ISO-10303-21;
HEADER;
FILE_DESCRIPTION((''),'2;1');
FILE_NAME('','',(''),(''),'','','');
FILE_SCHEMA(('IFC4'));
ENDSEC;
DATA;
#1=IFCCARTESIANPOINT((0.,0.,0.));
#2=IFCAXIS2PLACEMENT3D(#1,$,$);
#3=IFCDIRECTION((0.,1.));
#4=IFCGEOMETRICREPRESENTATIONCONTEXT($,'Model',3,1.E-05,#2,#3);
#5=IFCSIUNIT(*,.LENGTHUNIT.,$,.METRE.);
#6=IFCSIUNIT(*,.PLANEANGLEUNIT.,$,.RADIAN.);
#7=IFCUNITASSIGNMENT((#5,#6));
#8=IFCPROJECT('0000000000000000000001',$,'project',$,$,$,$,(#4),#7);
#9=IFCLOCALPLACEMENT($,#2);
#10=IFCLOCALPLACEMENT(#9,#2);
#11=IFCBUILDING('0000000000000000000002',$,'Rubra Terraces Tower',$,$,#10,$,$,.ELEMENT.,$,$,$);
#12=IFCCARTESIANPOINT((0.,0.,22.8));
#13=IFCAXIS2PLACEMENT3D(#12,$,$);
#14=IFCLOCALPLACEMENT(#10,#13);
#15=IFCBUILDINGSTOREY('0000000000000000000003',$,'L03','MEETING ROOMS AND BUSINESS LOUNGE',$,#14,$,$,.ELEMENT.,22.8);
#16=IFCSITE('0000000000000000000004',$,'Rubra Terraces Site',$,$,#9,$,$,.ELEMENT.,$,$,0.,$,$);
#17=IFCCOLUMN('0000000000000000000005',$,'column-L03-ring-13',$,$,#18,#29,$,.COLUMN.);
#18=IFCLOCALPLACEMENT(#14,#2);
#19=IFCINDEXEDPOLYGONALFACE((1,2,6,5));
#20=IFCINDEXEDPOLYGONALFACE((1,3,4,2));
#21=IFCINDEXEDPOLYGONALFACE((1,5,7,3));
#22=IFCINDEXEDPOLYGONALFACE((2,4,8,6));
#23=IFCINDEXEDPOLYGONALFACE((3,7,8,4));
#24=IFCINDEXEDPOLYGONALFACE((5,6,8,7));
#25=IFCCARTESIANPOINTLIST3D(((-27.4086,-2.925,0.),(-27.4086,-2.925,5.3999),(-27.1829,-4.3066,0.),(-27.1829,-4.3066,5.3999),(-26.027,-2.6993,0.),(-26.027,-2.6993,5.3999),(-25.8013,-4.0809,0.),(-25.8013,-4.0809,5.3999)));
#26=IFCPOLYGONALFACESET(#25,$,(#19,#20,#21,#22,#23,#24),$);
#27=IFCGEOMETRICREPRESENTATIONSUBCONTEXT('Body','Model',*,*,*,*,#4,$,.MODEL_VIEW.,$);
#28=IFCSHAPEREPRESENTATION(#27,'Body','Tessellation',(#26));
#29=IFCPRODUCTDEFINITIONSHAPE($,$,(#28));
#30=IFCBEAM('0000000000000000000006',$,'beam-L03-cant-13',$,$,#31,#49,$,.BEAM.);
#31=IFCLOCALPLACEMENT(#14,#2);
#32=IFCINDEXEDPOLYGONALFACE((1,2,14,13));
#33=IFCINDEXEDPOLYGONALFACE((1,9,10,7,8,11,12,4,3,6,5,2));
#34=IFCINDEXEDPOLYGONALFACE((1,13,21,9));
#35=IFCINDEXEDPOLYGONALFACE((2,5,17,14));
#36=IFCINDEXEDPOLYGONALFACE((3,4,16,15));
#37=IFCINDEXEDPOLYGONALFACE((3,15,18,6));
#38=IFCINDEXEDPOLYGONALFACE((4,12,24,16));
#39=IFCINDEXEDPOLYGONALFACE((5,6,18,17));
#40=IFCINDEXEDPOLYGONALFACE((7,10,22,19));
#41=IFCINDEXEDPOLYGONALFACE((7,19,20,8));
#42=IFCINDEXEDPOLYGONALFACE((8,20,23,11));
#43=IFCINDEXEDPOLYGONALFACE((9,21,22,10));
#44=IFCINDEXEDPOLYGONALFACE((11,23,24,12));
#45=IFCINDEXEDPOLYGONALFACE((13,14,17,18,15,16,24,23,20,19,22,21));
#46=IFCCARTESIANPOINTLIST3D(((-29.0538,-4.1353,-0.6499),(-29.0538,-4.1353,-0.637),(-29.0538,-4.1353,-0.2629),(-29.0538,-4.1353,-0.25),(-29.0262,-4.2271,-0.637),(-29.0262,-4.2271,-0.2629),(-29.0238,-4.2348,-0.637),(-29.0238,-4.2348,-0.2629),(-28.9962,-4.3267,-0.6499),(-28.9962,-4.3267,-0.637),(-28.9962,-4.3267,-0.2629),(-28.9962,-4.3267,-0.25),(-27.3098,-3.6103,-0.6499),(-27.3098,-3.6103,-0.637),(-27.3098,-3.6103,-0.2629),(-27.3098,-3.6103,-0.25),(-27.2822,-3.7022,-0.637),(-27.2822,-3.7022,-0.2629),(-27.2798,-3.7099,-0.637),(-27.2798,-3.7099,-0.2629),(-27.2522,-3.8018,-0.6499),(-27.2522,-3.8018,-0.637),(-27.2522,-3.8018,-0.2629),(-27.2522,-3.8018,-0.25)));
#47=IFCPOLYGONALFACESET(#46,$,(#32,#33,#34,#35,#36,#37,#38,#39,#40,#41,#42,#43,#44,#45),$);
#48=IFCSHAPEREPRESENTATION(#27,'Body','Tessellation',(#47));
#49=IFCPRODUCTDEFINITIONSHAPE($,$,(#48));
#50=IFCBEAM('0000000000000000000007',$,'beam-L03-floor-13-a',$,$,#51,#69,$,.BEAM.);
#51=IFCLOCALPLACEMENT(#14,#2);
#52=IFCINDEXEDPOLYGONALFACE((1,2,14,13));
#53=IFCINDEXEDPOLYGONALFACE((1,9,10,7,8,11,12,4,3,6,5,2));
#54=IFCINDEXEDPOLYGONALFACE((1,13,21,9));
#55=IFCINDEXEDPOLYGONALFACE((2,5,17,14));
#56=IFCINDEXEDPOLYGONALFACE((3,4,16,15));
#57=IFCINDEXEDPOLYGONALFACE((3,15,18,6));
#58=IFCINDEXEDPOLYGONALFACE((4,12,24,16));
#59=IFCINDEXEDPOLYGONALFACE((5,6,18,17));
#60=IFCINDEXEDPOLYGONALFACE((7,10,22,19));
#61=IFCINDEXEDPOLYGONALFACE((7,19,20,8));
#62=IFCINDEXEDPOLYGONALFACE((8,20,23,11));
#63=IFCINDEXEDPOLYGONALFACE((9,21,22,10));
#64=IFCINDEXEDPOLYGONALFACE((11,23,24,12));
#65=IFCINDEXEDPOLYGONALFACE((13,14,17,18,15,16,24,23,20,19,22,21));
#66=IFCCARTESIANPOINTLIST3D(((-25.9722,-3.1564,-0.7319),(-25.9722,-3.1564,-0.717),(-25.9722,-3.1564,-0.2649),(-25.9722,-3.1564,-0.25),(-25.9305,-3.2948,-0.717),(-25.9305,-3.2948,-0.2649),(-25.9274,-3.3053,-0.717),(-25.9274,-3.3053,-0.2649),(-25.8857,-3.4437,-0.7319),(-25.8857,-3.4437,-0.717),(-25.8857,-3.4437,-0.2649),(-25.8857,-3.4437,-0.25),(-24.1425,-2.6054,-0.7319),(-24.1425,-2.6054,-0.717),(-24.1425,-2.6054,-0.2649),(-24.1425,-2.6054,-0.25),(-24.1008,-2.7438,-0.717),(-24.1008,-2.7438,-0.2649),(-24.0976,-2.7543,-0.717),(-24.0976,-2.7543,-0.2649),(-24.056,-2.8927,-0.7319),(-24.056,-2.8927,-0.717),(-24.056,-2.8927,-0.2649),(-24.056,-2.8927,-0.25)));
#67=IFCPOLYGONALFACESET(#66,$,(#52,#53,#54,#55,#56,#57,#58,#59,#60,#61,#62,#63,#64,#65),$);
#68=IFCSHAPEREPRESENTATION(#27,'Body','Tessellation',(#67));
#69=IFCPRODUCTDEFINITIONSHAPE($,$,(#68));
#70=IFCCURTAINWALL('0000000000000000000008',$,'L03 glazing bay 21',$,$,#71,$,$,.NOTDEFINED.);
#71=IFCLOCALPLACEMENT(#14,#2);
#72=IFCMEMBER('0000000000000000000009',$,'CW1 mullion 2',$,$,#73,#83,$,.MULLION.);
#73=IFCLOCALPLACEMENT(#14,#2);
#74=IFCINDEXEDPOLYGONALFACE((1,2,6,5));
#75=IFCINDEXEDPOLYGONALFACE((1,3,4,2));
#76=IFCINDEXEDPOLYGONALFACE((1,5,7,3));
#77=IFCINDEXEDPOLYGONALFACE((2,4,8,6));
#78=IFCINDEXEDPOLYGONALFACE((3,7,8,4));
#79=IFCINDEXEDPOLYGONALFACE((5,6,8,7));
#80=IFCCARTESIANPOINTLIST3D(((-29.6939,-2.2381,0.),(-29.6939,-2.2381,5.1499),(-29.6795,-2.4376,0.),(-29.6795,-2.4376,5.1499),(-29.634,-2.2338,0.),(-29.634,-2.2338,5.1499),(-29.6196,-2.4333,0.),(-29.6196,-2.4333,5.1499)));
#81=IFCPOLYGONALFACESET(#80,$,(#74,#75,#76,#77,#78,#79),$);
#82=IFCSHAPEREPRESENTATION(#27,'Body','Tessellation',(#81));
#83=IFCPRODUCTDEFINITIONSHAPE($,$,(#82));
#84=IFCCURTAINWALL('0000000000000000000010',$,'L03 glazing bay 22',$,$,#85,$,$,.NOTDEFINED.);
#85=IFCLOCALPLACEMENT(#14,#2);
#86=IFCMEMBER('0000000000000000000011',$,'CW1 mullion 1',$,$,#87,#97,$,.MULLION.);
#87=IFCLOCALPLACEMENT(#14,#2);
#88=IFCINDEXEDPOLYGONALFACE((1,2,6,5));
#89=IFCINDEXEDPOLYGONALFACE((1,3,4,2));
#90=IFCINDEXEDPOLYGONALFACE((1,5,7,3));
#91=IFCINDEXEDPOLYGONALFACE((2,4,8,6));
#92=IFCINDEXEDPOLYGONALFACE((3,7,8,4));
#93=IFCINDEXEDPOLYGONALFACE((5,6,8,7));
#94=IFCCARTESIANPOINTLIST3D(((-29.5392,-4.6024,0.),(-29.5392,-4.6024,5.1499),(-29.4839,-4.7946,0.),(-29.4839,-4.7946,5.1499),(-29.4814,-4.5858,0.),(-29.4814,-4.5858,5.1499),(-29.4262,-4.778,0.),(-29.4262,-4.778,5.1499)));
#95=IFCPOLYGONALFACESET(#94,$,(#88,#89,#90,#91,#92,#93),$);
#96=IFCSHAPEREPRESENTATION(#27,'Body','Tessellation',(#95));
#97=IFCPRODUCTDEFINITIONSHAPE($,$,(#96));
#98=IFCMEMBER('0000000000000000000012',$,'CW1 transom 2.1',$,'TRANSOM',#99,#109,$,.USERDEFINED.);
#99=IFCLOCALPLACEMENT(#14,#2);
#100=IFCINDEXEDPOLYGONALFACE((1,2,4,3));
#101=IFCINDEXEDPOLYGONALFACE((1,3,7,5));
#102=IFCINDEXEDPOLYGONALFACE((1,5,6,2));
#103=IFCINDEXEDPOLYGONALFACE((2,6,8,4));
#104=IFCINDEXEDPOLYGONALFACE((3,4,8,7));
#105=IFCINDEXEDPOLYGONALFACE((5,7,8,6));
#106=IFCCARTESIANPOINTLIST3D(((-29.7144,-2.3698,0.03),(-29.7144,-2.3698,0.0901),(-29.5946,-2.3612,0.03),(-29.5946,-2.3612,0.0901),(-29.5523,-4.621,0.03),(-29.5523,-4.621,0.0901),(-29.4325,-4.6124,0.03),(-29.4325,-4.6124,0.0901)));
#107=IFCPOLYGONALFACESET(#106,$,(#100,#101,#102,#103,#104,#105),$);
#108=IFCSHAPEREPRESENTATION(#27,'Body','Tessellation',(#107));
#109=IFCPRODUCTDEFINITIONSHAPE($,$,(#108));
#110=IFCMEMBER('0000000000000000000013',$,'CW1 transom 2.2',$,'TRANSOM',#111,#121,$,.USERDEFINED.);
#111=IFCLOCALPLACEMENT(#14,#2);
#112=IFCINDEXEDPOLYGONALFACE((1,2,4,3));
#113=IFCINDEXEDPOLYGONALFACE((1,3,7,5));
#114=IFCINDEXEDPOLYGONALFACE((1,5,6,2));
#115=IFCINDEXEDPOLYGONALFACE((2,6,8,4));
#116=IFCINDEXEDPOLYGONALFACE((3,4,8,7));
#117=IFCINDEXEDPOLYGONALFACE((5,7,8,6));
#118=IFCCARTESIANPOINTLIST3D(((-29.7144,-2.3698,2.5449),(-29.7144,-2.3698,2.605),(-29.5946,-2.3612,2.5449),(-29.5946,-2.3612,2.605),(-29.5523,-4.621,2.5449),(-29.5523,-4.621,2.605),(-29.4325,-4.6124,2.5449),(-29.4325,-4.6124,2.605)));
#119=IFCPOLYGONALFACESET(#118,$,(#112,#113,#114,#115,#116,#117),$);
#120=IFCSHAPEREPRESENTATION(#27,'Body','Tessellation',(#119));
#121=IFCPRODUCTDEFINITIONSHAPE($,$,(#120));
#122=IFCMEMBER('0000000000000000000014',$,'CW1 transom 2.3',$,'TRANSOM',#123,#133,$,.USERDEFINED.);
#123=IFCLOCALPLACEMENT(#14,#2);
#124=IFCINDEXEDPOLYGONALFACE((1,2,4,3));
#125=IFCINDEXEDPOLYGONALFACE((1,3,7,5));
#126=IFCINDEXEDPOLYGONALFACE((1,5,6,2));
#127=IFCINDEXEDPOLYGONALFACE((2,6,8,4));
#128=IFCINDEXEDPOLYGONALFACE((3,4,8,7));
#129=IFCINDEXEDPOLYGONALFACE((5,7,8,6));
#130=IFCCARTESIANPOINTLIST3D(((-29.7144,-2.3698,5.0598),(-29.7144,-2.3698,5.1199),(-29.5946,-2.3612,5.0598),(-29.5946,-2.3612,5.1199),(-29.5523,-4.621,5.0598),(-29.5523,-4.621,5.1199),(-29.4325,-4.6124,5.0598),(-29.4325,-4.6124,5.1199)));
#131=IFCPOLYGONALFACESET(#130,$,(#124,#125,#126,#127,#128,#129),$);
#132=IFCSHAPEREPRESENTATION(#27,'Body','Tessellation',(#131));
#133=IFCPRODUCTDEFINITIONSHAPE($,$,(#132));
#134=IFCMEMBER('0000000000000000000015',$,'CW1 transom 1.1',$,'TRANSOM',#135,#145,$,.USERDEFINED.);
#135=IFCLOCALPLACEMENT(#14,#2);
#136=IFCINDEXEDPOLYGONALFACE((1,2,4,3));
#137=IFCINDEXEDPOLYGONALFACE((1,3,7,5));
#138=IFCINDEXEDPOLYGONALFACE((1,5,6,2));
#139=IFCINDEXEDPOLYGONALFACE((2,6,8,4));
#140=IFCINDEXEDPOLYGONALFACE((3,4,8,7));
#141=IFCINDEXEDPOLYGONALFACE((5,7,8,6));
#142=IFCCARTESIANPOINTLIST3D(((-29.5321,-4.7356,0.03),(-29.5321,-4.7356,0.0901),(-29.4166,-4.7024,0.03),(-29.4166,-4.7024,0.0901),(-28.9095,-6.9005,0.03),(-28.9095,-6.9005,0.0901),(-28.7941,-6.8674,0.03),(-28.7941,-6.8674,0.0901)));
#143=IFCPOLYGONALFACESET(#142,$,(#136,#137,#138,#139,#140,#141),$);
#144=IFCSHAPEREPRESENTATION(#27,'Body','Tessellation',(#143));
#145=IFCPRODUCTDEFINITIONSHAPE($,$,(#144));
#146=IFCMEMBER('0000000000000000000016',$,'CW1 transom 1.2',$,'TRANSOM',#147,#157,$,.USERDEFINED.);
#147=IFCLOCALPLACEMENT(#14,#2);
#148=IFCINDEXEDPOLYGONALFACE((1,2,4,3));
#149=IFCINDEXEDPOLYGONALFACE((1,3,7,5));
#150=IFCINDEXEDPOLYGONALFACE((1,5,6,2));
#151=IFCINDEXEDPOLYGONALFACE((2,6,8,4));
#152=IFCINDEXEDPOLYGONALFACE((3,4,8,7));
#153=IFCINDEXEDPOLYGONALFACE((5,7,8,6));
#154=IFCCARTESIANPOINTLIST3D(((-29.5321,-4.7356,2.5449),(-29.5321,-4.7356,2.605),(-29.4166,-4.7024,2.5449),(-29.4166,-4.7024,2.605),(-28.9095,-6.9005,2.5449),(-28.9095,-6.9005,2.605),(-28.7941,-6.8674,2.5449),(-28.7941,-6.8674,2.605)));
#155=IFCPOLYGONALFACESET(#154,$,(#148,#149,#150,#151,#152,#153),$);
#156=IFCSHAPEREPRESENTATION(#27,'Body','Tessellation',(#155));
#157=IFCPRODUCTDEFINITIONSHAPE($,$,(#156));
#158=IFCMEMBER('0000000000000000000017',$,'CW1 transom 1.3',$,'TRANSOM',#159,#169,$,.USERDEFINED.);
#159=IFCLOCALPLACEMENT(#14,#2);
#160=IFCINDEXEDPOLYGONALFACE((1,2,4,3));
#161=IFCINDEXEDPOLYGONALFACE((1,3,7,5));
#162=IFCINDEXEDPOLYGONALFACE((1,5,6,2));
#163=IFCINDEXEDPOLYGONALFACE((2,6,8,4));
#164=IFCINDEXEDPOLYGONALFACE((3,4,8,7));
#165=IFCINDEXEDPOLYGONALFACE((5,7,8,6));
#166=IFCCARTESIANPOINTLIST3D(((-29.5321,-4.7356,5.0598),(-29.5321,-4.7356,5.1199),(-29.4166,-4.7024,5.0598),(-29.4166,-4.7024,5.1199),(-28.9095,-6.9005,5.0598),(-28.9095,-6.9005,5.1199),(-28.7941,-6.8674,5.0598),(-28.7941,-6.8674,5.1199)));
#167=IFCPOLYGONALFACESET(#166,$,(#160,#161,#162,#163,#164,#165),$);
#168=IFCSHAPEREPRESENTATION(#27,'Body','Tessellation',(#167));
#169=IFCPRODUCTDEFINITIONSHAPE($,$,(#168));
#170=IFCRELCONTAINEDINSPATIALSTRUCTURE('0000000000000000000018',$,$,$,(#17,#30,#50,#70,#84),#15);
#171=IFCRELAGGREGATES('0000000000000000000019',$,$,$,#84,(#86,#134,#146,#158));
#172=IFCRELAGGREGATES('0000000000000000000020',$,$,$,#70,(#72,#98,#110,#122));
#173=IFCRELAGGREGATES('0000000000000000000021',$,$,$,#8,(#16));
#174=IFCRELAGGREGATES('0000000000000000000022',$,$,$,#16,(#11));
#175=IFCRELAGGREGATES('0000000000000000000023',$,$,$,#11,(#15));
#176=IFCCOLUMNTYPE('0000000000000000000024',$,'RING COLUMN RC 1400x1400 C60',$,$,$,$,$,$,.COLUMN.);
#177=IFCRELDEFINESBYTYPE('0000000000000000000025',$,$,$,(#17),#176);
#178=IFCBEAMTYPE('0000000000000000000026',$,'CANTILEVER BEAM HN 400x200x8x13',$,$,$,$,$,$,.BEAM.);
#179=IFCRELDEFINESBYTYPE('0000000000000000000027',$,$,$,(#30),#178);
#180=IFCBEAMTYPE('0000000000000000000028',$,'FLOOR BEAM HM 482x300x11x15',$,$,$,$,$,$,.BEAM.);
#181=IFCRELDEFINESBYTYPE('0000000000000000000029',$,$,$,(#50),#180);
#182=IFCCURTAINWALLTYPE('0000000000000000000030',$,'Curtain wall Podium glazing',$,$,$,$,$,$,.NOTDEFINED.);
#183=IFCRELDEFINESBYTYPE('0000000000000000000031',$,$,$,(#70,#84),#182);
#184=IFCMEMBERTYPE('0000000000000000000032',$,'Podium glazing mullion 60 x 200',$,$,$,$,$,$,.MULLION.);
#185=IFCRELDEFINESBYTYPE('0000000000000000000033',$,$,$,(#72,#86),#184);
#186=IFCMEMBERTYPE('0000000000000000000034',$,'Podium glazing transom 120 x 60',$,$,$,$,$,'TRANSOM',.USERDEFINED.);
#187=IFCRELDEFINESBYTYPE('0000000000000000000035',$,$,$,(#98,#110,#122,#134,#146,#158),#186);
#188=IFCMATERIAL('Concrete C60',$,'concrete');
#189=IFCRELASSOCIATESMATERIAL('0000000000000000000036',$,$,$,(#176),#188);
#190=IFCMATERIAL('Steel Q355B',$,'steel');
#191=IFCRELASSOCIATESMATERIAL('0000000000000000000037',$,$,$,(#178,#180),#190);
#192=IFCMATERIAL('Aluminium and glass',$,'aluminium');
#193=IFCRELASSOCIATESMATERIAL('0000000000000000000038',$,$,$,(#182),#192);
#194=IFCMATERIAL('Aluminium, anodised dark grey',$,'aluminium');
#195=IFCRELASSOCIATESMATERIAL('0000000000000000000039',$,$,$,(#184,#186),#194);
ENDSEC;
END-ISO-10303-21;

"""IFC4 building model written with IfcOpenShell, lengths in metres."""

from ifc_helpers import new_model, si_unit, direction, frame, origin, origin_2d, place, context, subcontext, project, spatial, rectangle, i_section, extrude, material, material_profile, profile_set, type_object, element, aggregate, save


model = new_model("IFC4")

# Units and contexts
model_context = context("Model", 3, precision=1e-05, world=origin(), true_north=direction((0.0, 1.0)))
body_context = subcontext(model_context, "Body", "Model", "MODEL_VIEW")
ifc_project = project(units=[si_unit("LENGTHUNIT", "METRE"), si_unit("PLANEANGLEUNIT", "RADIAN")], contexts=[model_context])

# Site, building, storey
site_placement = place(None, origin())
site = spatial("IfcSite", under=ifc_project, at=site_placement, Name="Rubra Terraces Site", CompositionType="ELEMENT", RefElevation=0.0)
building_placement = place(site_placement, origin())
building = spatial("IfcBuilding", under=site, at=building_placement, Name="Rubra Terraces Tower", CompositionType="ELEMENT")
storey_placement = place(building_placement, frame((0.0, 0.0, 22.8)))
storey = spatial("IfcBuildingStorey", under=building, at=storey_placement, Name="L03", Description="MEETING ROOMS AND BUSINESS LOUNGE", CompositionType="ELEMENT", Elevation=22.8)

# Column
ifc_material_1 = material(Name="Concrete C60", Category="concrete")
ifc_material_profile_1 = material_profile(ifc_material_1, rectangle(XDim=1.3999, YDim=1.3999, at=origin_2d()), Name="RC 1400x1400")
ifc_profile_set_1 = profile_set([ifc_material_profile_1], Name="Concrete C60")
column_type = type_object("IfcColumnType", Name="RING COLUMN RC 1400x1400 C60", PredefinedType="COLUMN", material=ifc_profile_set_1)
column_placement = place(storey_placement, frame((-26.605, -3.5029, 0.0), z_axis=(0.0, 0.0, 1.0), x_axis=(0.161234, -0.986916, 0.0)))
element("IfcColumn", 1, at=column_placement, inside=storey, type_object=column_type, Name="column-L03-ring-13", PredefinedType="COLUMN", context=body_context, shape_type="SweptSolid", body=[
    extrude(rectangle(XDim=1.3999, YDim=1.3999, at=origin_2d()), origin(), (0.0, 0.0, 1.0), 5.3999),
])

# Beams
ifc_material_2 = material(Name="Steel Q355B", Category="steel")
ifc_material_profile_2 = material_profile(ifc_material_2, i_section(OverallWidth=0.2, OverallDepth=0.3999, WebThickness=0.0081, FlangeThickness=0.0129, at=origin_2d()), Name="HN 400x200x8x13")
ifc_profile_set_2 = profile_set([ifc_material_profile_2], Name="Steel Q355B")
beam_type_1 = type_object("IfcBeamType", Name="CANTILEVER BEAM HN 400x200x8x13", PredefinedType="BEAM", material=ifc_profile_set_2)
beam_1_placement = place(storey_placement, frame((-27.281, -3.7061, -0.45), z_axis=(-0.957564, -0.288221, 0.0), x_axis=(0.288221, -0.957564, 0.0)))
element("IfcBeam", 2, at=beam_1_placement, inside=storey, type_object=beam_type_1, Name="beam-L03-cant-13", PredefinedType="BEAM", context=body_context, shape_type="SweptSolid", body=[
    extrude(i_section(OverallWidth=0.2, OverallDepth=0.3999, WebThickness=0.0081, FlangeThickness=0.0129, at=origin_2d()), origin(), (0.0, 0.0, 1.0), 1.8213),
])
ifc_material_profile_3 = material_profile(ifc_material_2, i_section(OverallWidth=0.3, OverallDepth=0.4819, WebThickness=0.011, FlangeThickness=0.0149, at=origin_2d()), Name="HM 482x300x11x15")
ifc_profile_set_3 = profile_set([ifc_material_profile_3], Name="Steel Q355B")
beam_type_2 = type_object("IfcBeamType", Name="FLOOR BEAM HM 482x300x11x15", PredefinedType="BEAM", material=ifc_profile_set_3)
beam_2_placement = place(storey_placement, frame((-25.929, -3.3, -0.491), z_axis=(0.957527, 0.288344, 0.0), x_axis=(-0.288344, 0.957527, 0.0)))
element("IfcBeam", 3, at=beam_2_placement, inside=storey, type_object=beam_type_2, Name="beam-L03-floor-13-a", PredefinedType="BEAM", context=body_context, shape_type="SweptSolid", body=[
    extrude(i_section(OverallWidth=0.3, OverallDepth=0.4819, WebThickness=0.011, FlangeThickness=0.0149, at=origin_2d()), origin(), (0.0, 0.0, 1.0), 1.9109),
])

# Curtain walls, members
ifc_material_3 = material(Name="Aluminium and glass", Category="aluminium")
curtain_wall_type = type_object("IfcCurtainWallType", Name="Curtain wall Podium glazing", PredefinedType="NOTDEFINED", material=ifc_material_3)
curtain_wall_1_placement = place(storey_placement, origin())
curtain_wall_1 = element("IfcCurtainWall", 4, at=curtain_wall_1_placement, inside=storey, type_object=curtain_wall_type, Name="L03 glazing bay 21", PredefinedType="NOTDEFINED")
ifc_material_4 = material(Name="Aluminium, anodised dark grey", Category="aluminium")
ifc_material_profile_4 = material_profile(ifc_material_4, rectangle(XDim=0.0601, YDim=0.2, at=origin_2d()), Name="AL 60x200")
ifc_profile_set_4 = profile_set([ifc_material_profile_4], Name="Aluminium, anodised dark grey")
member_type_1 = type_object("IfcMemberType", Name="Podium glazing mullion 60 x 200", PredefinedType="MULLION", material=ifc_profile_set_4)
member_1_placement = place(storey_placement, frame((-29.6567, -2.3357, 0.0), z_axis=(0.0, 0.0, 1.0), x_axis=(0.99742, 0.071792, 0.0)))
member_1 = element("IfcMember", 5, at=member_1_placement, type_object=member_type_1, Name="CW1 mullion 2", PredefinedType="MULLION", context=body_context, shape_type="SweptSolid", body=[
    extrude(rectangle(XDim=0.0601, YDim=0.2, at=origin_2d()), origin(), (0.0, 0.0, 1.0), 5.1499),
])
curtain_wall_2_placement = place(storey_placement, origin())
curtain_wall_2 = element("IfcCurtainWall", 6, at=curtain_wall_2_placement, inside=storey, type_object=curtain_wall_type, Name="L03 glazing bay 22", PredefinedType="NOTDEFINED")
member_2_placement = place(storey_placement, frame((-29.4827, -4.6902, 0.0), z_axis=(0.0, 0.0, 1.0), x_axis=(0.961047, 0.276384, 0.0)))
member_2 = element("IfcMember", 7, at=member_2_placement, type_object=member_type_1, Name="CW1 mullion 1", PredefinedType="MULLION", context=body_context, shape_type="SweptSolid", body=[
    extrude(rectangle(XDim=0.0601, YDim=0.2, at=origin_2d()), origin(), (0.0, 0.0, 1.0), 5.1499),
])

# Members
ifc_material_profile_5 = material_profile(ifc_material_4, rectangle(XDim=0.1201, YDim=0.0601, at=origin_2d()), Name="AL 120x60")
ifc_profile_set_5 = profile_set([ifc_material_profile_5], Name="Aluminium, anodised dark grey")
member_type_2 = type_object("IfcMemberType", Name="Podium glazing transom 120 x 60", ElementType="TRANSOM", PredefinedType="USERDEFINED", material=ifc_profile_set_5)
member_3_placement = place(storey_placement, frame((-29.6545, -2.3655, 0.0601), z_axis=(0.071824, -0.997417, 0.0), x_axis=(0.997417, 0.071824, 0.0)))
member_3 = element("IfcMember", 8, at=member_3_placement, type_object=member_type_2, Name="CW1 transom 2.1", ObjectType="TRANSOM", PredefinedType="USERDEFINED", context=body_context, shape_type="SweptSolid", body=[
    extrude(rectangle(XDim=0.1201, YDim=0.0601, at=origin_2d()), origin(), (0.0, 0.0, 1.0), 2.2571),
])
member_4_placement = place(storey_placement, frame((-29.6545, -2.3655, 2.575), z_axis=(0.071824, -0.997417, 0.0), x_axis=(0.997417, 0.071824, 0.0)))
member_4 = element("IfcMember", 9, at=member_4_placement, type_object=member_type_2, Name="CW1 transom 2.2", ObjectType="TRANSOM", PredefinedType="USERDEFINED", context=body_context, shape_type="SweptSolid", body=[
    extrude(rectangle(XDim=0.1201, YDim=0.0601, at=origin_2d()), origin(), (0.0, 0.0, 1.0), 2.2571),
])
member_5_placement = place(storey_placement, frame((-29.6545, -2.3655, 5.0898), z_axis=(0.071824, -0.997417, 0.0), x_axis=(0.997417, 0.071824, 0.0)))
member_5 = element("IfcMember", 10, at=member_5_placement, type_object=member_type_2, Name="CW1 transom 2.3", ObjectType="TRANSOM", PredefinedType="USERDEFINED", context=body_context, shape_type="SweptSolid", body=[
    extrude(rectangle(XDim=0.1201, YDim=0.0601, at=origin_2d()), origin(), (0.0, 0.0, 1.0), 2.2571),
])
member_6_placement = place(storey_placement, frame((-29.4744, -4.719, 0.0601), z_axis=(0.276352, -0.961056, 0.0), x_axis=(0.961056, 0.276352, 0.0)))
member_6 = element("IfcMember", 11, at=member_6_placement, type_object=member_type_2, Name="CW1 transom 1.1", ObjectType="TRANSOM", PredefinedType="USERDEFINED", context=body_context, shape_type="SweptSolid", body=[
    extrude(rectangle(XDim=0.1201, YDim=0.0601, at=origin_2d()), origin(), (0.0, 0.0, 1.0), 2.2527),
])
member_7_placement = place(storey_placement, frame((-29.4744, -4.719, 2.575), z_axis=(0.276352, -0.961056, 0.0), x_axis=(0.961056, 0.276352, 0.0)))
member_7 = element("IfcMember", 12, at=member_7_placement, type_object=member_type_2, Name="CW1 transom 1.2", ObjectType="TRANSOM", PredefinedType="USERDEFINED", context=body_context, shape_type="SweptSolid", body=[
    extrude(rectangle(XDim=0.1201, YDim=0.0601, at=origin_2d()), origin(), (0.0, 0.0, 1.0), 2.2527),
])
member_8_placement = place(storey_placement, frame((-29.4744, -4.719, 5.0898), z_axis=(0.276352, -0.961056, 0.0), x_axis=(0.961056, 0.276352, 0.0)))
member_8 = element("IfcMember", 13, at=member_8_placement, type_object=member_type_2, Name="CW1 transom 1.3", ObjectType="TRANSOM", PredefinedType="USERDEFINED", context=body_context, shape_type="SweptSolid", body=[
    extrude(rectangle(XDim=0.1201, YDim=0.0601, at=origin_2d()), origin(), (0.0, 0.0, 1.0), 2.2527),
])
aggregate(curtain_wall_2, [member_2, member_6, member_7, member_8])

aggregate(curtain_wall_1, [member_1, member_3, member_4, member_5])

save(model, "model.ifc")
